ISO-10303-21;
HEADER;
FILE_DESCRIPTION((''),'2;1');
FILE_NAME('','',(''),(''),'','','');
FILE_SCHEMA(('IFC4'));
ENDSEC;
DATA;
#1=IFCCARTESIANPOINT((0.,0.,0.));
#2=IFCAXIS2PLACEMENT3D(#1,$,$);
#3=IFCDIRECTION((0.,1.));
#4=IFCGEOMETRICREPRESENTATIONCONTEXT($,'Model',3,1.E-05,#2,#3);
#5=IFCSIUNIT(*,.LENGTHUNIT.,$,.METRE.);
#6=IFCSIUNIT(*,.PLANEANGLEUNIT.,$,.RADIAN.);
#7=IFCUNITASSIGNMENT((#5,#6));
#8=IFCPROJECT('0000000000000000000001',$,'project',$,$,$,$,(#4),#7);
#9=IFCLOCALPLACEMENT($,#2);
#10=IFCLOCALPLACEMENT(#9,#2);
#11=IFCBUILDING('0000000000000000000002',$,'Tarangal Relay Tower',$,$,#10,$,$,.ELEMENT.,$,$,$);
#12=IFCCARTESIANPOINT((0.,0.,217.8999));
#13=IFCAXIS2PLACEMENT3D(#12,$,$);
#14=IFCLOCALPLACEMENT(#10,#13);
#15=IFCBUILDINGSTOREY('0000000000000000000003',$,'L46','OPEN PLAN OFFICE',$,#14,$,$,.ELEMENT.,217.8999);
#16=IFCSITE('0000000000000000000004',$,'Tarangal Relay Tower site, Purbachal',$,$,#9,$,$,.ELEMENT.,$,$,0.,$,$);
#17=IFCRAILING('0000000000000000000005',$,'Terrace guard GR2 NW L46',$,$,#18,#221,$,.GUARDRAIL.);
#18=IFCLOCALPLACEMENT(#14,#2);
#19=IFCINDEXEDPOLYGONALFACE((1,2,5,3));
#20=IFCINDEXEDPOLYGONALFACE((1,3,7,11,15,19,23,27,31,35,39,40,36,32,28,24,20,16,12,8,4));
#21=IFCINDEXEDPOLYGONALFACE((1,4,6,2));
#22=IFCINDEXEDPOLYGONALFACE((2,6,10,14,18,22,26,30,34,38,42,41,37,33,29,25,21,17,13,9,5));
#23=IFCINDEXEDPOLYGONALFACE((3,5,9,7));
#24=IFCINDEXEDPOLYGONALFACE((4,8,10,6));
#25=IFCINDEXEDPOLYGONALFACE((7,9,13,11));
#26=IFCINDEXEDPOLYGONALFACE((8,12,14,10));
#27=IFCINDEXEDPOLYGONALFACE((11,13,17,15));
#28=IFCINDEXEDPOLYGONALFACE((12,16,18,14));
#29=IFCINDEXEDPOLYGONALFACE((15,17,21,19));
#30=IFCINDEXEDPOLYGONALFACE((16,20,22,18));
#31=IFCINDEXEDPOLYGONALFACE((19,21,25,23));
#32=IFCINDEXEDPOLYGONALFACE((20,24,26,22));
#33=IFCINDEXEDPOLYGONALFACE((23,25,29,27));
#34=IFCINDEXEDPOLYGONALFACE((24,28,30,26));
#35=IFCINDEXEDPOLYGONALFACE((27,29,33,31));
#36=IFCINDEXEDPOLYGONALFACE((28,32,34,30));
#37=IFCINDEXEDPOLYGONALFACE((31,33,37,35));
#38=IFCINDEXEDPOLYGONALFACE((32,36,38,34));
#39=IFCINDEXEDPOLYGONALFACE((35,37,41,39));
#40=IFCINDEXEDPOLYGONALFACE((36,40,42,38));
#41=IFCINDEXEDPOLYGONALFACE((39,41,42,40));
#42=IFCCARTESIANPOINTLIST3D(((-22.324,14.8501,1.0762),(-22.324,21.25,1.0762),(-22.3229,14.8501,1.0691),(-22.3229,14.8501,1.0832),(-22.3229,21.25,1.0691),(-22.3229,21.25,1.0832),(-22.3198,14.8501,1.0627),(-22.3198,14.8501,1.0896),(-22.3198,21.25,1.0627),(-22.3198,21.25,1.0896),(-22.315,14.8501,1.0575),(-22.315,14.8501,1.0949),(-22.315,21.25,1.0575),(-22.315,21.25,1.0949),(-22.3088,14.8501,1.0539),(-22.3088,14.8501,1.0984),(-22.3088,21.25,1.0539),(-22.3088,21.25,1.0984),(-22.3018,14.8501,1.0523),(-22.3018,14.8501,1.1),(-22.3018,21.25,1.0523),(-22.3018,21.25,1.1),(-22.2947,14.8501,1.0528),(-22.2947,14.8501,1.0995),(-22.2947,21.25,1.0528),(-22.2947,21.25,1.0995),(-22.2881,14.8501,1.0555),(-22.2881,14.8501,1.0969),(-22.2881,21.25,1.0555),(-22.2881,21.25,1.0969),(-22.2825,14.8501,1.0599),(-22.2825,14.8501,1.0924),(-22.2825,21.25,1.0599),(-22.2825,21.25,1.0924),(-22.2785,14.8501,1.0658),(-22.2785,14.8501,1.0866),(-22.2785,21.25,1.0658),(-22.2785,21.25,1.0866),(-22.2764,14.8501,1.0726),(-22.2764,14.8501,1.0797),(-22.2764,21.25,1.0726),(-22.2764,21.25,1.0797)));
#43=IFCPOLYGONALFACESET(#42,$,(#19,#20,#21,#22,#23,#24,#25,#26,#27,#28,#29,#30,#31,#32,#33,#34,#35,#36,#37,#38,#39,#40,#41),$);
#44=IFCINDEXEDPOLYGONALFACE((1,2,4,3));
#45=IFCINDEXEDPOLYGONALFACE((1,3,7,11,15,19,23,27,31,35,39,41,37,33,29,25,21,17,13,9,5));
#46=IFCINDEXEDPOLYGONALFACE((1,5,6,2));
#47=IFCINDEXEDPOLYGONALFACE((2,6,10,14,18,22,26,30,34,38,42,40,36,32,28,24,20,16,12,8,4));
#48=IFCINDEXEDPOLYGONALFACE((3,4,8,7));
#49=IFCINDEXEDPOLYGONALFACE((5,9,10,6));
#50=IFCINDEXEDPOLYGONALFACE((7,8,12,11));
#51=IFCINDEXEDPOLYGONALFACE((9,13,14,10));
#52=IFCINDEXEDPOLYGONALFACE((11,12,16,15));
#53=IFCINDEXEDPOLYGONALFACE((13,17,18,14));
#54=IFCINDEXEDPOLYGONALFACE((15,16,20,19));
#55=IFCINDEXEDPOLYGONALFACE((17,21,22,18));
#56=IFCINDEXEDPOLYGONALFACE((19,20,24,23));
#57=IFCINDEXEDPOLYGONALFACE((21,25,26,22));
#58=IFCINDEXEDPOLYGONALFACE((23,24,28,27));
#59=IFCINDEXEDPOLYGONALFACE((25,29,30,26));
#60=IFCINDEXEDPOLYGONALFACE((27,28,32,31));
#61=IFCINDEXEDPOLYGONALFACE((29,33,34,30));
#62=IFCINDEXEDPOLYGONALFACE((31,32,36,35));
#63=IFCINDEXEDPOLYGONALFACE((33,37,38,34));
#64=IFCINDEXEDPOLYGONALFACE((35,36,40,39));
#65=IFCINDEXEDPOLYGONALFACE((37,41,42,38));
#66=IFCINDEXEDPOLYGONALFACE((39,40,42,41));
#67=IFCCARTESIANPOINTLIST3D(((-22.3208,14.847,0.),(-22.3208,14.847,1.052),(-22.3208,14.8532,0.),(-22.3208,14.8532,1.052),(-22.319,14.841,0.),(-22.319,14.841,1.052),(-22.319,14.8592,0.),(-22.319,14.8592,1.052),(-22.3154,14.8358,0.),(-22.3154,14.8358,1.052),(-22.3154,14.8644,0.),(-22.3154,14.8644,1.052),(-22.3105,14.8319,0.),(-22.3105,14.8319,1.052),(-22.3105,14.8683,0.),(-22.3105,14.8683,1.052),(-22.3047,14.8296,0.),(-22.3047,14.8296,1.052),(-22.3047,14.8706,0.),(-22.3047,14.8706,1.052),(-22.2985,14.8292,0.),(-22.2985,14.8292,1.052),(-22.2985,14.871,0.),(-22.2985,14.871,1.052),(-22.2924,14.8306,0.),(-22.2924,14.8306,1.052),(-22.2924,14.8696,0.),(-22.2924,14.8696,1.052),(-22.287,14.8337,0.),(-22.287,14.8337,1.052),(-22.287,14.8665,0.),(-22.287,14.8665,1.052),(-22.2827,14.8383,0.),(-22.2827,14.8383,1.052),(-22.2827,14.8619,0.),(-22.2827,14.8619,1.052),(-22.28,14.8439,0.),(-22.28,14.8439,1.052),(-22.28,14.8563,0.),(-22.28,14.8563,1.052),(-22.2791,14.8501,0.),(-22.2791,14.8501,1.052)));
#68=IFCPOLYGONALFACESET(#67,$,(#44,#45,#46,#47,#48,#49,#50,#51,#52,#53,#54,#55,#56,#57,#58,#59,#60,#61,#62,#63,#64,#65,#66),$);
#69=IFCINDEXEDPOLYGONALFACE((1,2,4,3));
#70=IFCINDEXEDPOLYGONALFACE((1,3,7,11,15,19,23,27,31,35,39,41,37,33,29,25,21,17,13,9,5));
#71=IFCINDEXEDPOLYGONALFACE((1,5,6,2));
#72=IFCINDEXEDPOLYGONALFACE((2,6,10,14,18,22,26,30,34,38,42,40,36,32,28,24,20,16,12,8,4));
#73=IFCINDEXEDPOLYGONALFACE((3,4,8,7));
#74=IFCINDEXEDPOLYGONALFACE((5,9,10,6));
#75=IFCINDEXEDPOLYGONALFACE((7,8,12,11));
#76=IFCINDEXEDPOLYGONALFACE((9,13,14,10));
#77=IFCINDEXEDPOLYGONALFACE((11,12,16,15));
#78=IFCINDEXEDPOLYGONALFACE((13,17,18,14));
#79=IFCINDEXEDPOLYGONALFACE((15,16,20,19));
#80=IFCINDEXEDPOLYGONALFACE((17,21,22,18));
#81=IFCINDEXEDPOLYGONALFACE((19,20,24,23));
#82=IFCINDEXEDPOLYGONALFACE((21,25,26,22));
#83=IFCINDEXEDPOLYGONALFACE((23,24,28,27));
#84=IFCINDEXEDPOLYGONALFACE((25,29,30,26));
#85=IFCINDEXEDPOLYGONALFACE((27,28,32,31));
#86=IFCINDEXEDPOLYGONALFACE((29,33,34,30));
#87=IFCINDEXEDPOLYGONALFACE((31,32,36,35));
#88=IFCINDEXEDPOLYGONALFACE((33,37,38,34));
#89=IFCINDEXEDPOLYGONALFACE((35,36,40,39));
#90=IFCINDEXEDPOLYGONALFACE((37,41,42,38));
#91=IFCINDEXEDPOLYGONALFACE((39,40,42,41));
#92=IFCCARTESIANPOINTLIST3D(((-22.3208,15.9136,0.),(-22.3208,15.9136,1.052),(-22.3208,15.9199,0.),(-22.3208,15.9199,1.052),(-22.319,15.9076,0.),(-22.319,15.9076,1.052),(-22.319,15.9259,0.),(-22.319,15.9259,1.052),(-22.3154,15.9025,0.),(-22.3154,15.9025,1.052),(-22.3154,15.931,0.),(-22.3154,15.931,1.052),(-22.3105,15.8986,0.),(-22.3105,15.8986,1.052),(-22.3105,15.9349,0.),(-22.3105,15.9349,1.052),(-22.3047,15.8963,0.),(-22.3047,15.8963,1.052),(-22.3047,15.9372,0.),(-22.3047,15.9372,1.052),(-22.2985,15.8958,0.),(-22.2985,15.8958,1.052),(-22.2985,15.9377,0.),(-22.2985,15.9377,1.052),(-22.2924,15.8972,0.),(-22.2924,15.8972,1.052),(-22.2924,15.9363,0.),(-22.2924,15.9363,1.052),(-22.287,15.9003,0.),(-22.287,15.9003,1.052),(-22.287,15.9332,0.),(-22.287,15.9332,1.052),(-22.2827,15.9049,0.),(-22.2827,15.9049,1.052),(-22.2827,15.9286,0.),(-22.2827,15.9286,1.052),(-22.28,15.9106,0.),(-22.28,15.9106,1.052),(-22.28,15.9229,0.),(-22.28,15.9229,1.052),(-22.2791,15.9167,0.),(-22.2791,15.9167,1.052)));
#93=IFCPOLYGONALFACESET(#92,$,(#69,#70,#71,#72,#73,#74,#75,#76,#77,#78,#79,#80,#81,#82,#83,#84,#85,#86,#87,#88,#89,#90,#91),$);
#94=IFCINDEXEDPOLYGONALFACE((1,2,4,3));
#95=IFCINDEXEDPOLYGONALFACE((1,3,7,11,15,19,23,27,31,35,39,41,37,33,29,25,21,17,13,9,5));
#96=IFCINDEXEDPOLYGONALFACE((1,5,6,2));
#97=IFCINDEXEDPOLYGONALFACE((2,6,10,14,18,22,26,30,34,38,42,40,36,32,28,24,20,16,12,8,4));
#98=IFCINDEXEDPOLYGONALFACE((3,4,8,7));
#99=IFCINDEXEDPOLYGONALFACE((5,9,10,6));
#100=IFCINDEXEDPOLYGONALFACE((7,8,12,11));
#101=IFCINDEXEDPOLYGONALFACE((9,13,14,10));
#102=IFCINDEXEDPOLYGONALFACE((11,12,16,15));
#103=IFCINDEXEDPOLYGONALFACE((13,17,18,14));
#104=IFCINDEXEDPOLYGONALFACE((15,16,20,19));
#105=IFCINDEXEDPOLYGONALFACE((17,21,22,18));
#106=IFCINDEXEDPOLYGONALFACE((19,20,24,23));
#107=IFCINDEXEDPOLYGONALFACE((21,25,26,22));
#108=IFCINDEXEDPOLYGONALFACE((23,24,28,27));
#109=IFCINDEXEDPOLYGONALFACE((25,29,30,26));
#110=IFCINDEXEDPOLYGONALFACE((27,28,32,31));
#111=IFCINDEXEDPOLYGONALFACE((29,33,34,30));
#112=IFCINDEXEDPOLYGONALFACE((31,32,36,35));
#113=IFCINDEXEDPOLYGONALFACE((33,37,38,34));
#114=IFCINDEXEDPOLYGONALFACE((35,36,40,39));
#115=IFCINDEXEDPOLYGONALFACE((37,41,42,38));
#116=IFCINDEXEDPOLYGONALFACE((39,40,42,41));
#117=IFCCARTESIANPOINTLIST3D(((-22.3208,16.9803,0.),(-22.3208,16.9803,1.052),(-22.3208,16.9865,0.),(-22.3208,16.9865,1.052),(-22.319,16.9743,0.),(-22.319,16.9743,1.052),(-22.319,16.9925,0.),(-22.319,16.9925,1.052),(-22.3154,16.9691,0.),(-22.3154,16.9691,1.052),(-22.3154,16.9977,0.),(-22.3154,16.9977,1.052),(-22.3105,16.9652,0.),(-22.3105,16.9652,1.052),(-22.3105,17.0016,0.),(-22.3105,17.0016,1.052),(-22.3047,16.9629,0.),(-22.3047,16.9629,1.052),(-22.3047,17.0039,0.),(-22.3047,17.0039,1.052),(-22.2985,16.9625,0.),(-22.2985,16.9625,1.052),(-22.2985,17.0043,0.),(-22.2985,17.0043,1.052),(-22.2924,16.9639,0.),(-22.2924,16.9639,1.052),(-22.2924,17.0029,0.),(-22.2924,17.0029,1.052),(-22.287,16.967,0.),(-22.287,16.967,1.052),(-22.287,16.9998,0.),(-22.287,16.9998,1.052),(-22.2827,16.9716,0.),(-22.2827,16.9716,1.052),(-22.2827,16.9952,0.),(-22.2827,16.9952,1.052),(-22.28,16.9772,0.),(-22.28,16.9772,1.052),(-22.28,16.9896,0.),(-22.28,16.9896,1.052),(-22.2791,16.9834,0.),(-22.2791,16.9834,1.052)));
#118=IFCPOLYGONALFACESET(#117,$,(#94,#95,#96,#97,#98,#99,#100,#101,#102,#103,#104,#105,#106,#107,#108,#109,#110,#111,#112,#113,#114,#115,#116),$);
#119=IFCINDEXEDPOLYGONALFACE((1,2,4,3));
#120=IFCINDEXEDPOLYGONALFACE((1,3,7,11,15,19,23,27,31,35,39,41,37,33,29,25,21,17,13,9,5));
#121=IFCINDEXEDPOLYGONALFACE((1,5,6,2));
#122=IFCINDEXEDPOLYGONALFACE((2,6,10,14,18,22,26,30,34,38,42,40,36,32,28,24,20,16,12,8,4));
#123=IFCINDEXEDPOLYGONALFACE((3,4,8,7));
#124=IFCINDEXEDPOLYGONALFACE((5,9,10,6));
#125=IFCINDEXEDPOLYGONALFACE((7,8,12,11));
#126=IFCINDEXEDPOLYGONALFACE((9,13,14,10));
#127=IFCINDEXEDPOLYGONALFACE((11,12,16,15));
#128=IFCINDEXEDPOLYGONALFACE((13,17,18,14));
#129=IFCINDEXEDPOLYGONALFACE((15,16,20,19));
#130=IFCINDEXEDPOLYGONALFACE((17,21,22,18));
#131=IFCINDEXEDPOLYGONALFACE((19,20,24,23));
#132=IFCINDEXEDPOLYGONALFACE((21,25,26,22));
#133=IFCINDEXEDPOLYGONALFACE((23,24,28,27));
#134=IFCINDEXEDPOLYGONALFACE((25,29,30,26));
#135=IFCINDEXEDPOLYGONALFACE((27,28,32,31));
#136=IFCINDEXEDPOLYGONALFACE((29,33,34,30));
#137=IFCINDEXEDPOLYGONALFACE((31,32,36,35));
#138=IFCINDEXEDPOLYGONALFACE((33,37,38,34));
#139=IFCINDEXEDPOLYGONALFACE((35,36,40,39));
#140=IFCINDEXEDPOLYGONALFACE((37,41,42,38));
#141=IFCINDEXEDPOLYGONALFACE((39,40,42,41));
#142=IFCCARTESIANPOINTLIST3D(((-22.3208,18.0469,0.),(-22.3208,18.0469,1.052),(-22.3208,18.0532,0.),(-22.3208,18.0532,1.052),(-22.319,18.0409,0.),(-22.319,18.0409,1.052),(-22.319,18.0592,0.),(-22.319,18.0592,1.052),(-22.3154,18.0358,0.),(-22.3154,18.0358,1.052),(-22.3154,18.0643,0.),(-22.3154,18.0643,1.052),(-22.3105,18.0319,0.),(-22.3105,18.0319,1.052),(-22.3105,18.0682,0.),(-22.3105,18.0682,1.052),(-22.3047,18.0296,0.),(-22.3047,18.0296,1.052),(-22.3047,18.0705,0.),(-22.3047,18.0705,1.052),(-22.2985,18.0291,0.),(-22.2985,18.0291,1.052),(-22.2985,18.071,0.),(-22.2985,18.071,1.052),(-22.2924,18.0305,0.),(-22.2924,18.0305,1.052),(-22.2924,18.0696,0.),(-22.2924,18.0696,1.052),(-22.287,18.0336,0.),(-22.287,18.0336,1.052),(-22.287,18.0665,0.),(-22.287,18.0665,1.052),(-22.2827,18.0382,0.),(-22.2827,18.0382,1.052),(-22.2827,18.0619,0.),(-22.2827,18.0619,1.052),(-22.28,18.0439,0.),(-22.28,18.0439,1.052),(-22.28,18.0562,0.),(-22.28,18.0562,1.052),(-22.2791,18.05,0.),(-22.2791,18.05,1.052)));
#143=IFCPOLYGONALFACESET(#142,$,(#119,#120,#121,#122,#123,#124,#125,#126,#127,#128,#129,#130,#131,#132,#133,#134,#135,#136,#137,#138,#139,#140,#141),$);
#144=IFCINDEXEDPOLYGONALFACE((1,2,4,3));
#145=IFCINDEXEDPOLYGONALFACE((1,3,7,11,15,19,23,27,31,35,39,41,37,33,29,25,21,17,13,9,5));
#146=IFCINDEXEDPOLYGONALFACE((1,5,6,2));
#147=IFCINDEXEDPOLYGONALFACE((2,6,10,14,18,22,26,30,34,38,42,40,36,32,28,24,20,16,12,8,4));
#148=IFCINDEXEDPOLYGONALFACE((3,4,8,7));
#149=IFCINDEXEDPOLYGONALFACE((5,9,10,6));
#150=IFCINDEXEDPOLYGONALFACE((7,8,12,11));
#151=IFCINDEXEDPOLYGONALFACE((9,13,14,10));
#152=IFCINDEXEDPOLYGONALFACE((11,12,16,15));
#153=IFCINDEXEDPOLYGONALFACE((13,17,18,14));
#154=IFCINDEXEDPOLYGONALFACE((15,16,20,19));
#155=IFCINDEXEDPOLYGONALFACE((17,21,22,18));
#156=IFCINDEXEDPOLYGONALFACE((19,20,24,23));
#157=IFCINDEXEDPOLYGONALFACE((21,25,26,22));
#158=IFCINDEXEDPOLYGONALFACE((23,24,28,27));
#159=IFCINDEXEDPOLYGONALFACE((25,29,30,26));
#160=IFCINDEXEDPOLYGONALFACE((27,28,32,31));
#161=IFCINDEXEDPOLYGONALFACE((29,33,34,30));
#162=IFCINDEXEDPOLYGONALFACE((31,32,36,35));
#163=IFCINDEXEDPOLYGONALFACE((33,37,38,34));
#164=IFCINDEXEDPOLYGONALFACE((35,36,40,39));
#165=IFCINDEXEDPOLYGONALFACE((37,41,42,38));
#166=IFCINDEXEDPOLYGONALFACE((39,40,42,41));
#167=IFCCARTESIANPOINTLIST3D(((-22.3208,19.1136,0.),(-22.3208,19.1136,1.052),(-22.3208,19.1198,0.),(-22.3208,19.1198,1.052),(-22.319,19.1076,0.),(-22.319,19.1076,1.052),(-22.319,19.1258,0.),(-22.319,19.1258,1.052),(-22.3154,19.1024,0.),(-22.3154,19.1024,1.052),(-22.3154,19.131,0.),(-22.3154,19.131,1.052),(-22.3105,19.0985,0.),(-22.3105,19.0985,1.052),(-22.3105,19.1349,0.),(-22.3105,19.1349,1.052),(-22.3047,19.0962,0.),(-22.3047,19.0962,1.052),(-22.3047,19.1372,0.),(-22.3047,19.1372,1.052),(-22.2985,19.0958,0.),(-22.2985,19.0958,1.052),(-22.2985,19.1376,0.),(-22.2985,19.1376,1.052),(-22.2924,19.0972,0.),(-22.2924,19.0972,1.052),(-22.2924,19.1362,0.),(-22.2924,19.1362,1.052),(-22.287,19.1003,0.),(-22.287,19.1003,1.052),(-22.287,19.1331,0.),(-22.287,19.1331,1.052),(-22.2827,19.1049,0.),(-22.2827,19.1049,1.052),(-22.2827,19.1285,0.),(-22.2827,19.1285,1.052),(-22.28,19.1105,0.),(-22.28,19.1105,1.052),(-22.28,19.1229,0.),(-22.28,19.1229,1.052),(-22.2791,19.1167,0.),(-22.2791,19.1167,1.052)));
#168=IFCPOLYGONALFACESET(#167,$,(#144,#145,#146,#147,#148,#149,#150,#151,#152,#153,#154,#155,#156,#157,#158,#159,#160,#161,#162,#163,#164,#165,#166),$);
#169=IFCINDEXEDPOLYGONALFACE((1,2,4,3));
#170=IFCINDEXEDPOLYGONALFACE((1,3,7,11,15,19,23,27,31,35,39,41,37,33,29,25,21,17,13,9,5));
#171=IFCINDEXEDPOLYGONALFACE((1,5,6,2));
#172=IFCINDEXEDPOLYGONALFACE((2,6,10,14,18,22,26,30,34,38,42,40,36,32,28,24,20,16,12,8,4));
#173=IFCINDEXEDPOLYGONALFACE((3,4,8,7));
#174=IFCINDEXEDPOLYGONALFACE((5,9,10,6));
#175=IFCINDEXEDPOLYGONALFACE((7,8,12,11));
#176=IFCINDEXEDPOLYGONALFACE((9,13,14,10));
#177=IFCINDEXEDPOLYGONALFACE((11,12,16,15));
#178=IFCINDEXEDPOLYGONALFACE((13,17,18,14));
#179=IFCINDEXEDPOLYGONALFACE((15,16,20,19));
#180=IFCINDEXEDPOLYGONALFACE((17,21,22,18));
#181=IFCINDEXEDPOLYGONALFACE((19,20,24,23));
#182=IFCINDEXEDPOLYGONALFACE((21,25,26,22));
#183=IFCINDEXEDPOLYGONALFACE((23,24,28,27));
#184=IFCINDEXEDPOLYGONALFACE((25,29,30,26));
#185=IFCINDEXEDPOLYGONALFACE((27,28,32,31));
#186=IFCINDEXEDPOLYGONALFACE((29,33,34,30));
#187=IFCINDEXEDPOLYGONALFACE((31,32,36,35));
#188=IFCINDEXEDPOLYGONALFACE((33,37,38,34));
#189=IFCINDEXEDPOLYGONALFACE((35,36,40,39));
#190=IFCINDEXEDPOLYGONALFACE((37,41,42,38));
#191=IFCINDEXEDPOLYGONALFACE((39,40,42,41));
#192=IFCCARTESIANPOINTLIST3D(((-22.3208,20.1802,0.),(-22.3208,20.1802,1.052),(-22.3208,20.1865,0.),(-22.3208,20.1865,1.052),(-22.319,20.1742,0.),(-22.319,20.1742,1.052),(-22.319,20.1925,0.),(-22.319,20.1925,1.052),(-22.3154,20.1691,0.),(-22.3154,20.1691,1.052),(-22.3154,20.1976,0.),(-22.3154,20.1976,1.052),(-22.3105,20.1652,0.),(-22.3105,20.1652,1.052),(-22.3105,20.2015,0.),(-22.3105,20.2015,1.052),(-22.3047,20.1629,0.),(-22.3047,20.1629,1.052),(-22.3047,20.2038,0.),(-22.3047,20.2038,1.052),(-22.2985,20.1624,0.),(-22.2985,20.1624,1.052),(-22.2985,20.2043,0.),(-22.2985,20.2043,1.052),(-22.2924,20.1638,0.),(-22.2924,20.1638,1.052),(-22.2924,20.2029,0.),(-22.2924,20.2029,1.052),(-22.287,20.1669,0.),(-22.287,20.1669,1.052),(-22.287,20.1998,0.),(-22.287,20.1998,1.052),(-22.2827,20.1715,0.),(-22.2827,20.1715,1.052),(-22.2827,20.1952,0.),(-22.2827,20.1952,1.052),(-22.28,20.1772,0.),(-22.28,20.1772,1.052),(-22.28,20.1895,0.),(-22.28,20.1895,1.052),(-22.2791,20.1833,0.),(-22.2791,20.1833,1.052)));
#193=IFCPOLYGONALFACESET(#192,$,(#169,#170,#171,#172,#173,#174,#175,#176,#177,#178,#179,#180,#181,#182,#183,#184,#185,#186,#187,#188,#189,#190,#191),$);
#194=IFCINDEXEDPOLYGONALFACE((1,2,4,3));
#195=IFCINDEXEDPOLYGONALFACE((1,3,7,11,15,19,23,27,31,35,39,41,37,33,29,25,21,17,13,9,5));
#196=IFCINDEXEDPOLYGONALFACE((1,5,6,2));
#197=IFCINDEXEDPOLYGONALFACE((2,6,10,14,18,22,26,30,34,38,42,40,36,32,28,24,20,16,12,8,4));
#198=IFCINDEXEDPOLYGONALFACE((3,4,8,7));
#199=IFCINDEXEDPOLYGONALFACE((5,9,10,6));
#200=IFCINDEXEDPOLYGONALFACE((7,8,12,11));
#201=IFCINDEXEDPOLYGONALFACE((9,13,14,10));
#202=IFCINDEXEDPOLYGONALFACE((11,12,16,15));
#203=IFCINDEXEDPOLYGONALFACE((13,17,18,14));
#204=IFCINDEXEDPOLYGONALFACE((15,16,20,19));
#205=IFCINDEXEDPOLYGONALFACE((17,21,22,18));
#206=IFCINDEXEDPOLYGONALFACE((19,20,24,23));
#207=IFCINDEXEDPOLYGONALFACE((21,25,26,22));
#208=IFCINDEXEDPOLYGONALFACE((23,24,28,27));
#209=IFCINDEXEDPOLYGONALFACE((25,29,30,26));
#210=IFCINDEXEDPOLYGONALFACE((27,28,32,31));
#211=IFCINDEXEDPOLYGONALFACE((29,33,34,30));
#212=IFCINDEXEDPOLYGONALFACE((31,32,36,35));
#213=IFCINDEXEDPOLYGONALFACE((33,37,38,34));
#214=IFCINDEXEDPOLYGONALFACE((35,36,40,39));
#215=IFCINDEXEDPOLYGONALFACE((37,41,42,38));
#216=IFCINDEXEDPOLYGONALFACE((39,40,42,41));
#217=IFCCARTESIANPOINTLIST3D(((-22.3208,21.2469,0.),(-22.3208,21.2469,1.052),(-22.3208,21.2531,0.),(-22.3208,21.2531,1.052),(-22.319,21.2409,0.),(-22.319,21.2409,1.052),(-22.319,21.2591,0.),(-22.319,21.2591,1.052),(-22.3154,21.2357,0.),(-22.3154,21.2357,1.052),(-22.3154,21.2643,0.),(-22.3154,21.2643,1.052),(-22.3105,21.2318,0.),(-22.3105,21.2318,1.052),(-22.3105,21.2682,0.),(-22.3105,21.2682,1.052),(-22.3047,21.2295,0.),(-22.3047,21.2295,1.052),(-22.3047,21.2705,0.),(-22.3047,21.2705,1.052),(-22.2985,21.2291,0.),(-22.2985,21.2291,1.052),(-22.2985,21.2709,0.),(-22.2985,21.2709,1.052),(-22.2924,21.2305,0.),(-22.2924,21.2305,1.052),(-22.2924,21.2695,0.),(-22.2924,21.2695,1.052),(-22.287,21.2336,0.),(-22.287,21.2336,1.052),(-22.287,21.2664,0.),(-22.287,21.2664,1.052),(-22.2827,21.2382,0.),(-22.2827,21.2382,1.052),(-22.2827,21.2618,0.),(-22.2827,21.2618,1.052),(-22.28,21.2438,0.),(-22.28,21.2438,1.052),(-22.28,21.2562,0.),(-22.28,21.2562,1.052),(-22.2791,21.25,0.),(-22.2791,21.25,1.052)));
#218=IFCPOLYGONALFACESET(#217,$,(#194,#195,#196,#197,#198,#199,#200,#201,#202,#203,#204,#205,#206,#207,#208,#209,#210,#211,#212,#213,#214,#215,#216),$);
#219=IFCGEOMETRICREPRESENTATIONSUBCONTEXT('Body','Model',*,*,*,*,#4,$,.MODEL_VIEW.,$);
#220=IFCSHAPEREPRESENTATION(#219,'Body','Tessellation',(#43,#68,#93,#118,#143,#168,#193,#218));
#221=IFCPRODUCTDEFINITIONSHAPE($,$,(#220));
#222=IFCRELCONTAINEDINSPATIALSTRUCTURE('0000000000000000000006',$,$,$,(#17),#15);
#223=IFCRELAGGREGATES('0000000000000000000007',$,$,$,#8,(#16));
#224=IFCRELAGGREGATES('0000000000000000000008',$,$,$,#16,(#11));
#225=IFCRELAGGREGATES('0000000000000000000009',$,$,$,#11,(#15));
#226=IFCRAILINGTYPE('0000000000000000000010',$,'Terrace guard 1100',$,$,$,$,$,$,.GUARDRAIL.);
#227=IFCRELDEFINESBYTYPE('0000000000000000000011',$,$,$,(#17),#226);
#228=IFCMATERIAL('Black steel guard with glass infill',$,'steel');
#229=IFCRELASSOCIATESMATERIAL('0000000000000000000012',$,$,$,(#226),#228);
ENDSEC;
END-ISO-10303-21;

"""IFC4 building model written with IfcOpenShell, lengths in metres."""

from ifc_helpers import new_model, si_unit, direction, frame, origin, origin_2d, place, context, subcontext, project, spatial, circle, extrude, material, type_object, element, save


model = new_model("IFC4")

# Units and contexts
model_context = context("Model", 3, precision=1e-05, world=origin(), true_north=direction((0.0, 1.0)))
body_context = subcontext(model_context, "Body", "Model", "MODEL_VIEW")
ifc_project = project(units=[si_unit("LENGTHUNIT", "METRE"), si_unit("PLANEANGLEUNIT", "RADIAN")], contexts=[model_context])

# Site, building, storey
site_placement = place(None, origin())
site = spatial("IfcSite", under=ifc_project, at=site_placement, Name="Tarangal Relay Tower site, Purbachal", CompositionType="ELEMENT", RefElevation=0.0)
building_placement = place(site_placement, origin())
building = spatial("IfcBuilding", under=site, at=building_placement, Name="Tarangal Relay Tower", CompositionType="ELEMENT")
storey_placement = place(building_placement, frame((0.0, 0.0, 217.8999)))
storey = spatial("IfcBuildingStorey", under=building, at=storey_placement, Name="L46", Description="OPEN PLAN OFFICE", CompositionType="ELEMENT", Elevation=217.8999)

# Railing
ifc_material_1 = material(Name="Black steel guard with glass infill", Category="steel")
railing_type = type_object("IfcRailingType", Name="Terrace guard 1100", PredefinedType="GUARDRAIL", material=ifc_material_1)
railing_1_placement = place(storey_placement, frame((-22.3, 14.8501, 0.0)))
element("IfcRailing", 1, at=railing_1_placement, inside=storey, type_object=railing_type, Name="Terrace guard GR2 NW L46", PredefinedType="GUARDRAIL", context=body_context, shape_type="SweptSolid", body=[
    extrude(circle(Radius=0.0239, at=origin_2d()), frame((0.0, 0.0, 1.0762), z_axis=(0.0, 1.0, 0.0), x_axis=(-1.0, 0.0, 0.0)), (0.0, 0.0, 1.0), 6.3999),
    extrude(circle(Radius=0.021, at=origin_2d()), origin(), (0.0, 0.0, 1.0), 1.052),
    extrude(circle(Radius=0.021, at=origin_2d()), frame((0.0, 1.0667, 0.0)), (0.0, 0.0, 1.0), 1.052),
    extrude(circle(Radius=0.021, at=origin_2d()), frame((0.0, 2.1333, 0.0)), (0.0, 0.0, 1.0), 1.052),
    extrude(circle(Radius=0.021, at=origin_2d()), frame((0.0, 3.2, 0.0)), (0.0, 0.0, 1.0), 1.052),
    extrude(circle(Radius=0.021, at=origin_2d()), frame((0.0, 4.2666, 0.0)), (0.0, 0.0, 1.0), 1.052),
    extrude(circle(Radius=0.021, at=origin_2d()), frame((0.0, 5.3333, 0.0)), (0.0, 0.0, 1.0), 1.052),
    extrude(circle(Radius=0.021, at=origin_2d()), frame((0.0, 6.3999, 0.0)), (0.0, 0.0, 1.0), 1.052),
])

save(model, "model.ifc")
